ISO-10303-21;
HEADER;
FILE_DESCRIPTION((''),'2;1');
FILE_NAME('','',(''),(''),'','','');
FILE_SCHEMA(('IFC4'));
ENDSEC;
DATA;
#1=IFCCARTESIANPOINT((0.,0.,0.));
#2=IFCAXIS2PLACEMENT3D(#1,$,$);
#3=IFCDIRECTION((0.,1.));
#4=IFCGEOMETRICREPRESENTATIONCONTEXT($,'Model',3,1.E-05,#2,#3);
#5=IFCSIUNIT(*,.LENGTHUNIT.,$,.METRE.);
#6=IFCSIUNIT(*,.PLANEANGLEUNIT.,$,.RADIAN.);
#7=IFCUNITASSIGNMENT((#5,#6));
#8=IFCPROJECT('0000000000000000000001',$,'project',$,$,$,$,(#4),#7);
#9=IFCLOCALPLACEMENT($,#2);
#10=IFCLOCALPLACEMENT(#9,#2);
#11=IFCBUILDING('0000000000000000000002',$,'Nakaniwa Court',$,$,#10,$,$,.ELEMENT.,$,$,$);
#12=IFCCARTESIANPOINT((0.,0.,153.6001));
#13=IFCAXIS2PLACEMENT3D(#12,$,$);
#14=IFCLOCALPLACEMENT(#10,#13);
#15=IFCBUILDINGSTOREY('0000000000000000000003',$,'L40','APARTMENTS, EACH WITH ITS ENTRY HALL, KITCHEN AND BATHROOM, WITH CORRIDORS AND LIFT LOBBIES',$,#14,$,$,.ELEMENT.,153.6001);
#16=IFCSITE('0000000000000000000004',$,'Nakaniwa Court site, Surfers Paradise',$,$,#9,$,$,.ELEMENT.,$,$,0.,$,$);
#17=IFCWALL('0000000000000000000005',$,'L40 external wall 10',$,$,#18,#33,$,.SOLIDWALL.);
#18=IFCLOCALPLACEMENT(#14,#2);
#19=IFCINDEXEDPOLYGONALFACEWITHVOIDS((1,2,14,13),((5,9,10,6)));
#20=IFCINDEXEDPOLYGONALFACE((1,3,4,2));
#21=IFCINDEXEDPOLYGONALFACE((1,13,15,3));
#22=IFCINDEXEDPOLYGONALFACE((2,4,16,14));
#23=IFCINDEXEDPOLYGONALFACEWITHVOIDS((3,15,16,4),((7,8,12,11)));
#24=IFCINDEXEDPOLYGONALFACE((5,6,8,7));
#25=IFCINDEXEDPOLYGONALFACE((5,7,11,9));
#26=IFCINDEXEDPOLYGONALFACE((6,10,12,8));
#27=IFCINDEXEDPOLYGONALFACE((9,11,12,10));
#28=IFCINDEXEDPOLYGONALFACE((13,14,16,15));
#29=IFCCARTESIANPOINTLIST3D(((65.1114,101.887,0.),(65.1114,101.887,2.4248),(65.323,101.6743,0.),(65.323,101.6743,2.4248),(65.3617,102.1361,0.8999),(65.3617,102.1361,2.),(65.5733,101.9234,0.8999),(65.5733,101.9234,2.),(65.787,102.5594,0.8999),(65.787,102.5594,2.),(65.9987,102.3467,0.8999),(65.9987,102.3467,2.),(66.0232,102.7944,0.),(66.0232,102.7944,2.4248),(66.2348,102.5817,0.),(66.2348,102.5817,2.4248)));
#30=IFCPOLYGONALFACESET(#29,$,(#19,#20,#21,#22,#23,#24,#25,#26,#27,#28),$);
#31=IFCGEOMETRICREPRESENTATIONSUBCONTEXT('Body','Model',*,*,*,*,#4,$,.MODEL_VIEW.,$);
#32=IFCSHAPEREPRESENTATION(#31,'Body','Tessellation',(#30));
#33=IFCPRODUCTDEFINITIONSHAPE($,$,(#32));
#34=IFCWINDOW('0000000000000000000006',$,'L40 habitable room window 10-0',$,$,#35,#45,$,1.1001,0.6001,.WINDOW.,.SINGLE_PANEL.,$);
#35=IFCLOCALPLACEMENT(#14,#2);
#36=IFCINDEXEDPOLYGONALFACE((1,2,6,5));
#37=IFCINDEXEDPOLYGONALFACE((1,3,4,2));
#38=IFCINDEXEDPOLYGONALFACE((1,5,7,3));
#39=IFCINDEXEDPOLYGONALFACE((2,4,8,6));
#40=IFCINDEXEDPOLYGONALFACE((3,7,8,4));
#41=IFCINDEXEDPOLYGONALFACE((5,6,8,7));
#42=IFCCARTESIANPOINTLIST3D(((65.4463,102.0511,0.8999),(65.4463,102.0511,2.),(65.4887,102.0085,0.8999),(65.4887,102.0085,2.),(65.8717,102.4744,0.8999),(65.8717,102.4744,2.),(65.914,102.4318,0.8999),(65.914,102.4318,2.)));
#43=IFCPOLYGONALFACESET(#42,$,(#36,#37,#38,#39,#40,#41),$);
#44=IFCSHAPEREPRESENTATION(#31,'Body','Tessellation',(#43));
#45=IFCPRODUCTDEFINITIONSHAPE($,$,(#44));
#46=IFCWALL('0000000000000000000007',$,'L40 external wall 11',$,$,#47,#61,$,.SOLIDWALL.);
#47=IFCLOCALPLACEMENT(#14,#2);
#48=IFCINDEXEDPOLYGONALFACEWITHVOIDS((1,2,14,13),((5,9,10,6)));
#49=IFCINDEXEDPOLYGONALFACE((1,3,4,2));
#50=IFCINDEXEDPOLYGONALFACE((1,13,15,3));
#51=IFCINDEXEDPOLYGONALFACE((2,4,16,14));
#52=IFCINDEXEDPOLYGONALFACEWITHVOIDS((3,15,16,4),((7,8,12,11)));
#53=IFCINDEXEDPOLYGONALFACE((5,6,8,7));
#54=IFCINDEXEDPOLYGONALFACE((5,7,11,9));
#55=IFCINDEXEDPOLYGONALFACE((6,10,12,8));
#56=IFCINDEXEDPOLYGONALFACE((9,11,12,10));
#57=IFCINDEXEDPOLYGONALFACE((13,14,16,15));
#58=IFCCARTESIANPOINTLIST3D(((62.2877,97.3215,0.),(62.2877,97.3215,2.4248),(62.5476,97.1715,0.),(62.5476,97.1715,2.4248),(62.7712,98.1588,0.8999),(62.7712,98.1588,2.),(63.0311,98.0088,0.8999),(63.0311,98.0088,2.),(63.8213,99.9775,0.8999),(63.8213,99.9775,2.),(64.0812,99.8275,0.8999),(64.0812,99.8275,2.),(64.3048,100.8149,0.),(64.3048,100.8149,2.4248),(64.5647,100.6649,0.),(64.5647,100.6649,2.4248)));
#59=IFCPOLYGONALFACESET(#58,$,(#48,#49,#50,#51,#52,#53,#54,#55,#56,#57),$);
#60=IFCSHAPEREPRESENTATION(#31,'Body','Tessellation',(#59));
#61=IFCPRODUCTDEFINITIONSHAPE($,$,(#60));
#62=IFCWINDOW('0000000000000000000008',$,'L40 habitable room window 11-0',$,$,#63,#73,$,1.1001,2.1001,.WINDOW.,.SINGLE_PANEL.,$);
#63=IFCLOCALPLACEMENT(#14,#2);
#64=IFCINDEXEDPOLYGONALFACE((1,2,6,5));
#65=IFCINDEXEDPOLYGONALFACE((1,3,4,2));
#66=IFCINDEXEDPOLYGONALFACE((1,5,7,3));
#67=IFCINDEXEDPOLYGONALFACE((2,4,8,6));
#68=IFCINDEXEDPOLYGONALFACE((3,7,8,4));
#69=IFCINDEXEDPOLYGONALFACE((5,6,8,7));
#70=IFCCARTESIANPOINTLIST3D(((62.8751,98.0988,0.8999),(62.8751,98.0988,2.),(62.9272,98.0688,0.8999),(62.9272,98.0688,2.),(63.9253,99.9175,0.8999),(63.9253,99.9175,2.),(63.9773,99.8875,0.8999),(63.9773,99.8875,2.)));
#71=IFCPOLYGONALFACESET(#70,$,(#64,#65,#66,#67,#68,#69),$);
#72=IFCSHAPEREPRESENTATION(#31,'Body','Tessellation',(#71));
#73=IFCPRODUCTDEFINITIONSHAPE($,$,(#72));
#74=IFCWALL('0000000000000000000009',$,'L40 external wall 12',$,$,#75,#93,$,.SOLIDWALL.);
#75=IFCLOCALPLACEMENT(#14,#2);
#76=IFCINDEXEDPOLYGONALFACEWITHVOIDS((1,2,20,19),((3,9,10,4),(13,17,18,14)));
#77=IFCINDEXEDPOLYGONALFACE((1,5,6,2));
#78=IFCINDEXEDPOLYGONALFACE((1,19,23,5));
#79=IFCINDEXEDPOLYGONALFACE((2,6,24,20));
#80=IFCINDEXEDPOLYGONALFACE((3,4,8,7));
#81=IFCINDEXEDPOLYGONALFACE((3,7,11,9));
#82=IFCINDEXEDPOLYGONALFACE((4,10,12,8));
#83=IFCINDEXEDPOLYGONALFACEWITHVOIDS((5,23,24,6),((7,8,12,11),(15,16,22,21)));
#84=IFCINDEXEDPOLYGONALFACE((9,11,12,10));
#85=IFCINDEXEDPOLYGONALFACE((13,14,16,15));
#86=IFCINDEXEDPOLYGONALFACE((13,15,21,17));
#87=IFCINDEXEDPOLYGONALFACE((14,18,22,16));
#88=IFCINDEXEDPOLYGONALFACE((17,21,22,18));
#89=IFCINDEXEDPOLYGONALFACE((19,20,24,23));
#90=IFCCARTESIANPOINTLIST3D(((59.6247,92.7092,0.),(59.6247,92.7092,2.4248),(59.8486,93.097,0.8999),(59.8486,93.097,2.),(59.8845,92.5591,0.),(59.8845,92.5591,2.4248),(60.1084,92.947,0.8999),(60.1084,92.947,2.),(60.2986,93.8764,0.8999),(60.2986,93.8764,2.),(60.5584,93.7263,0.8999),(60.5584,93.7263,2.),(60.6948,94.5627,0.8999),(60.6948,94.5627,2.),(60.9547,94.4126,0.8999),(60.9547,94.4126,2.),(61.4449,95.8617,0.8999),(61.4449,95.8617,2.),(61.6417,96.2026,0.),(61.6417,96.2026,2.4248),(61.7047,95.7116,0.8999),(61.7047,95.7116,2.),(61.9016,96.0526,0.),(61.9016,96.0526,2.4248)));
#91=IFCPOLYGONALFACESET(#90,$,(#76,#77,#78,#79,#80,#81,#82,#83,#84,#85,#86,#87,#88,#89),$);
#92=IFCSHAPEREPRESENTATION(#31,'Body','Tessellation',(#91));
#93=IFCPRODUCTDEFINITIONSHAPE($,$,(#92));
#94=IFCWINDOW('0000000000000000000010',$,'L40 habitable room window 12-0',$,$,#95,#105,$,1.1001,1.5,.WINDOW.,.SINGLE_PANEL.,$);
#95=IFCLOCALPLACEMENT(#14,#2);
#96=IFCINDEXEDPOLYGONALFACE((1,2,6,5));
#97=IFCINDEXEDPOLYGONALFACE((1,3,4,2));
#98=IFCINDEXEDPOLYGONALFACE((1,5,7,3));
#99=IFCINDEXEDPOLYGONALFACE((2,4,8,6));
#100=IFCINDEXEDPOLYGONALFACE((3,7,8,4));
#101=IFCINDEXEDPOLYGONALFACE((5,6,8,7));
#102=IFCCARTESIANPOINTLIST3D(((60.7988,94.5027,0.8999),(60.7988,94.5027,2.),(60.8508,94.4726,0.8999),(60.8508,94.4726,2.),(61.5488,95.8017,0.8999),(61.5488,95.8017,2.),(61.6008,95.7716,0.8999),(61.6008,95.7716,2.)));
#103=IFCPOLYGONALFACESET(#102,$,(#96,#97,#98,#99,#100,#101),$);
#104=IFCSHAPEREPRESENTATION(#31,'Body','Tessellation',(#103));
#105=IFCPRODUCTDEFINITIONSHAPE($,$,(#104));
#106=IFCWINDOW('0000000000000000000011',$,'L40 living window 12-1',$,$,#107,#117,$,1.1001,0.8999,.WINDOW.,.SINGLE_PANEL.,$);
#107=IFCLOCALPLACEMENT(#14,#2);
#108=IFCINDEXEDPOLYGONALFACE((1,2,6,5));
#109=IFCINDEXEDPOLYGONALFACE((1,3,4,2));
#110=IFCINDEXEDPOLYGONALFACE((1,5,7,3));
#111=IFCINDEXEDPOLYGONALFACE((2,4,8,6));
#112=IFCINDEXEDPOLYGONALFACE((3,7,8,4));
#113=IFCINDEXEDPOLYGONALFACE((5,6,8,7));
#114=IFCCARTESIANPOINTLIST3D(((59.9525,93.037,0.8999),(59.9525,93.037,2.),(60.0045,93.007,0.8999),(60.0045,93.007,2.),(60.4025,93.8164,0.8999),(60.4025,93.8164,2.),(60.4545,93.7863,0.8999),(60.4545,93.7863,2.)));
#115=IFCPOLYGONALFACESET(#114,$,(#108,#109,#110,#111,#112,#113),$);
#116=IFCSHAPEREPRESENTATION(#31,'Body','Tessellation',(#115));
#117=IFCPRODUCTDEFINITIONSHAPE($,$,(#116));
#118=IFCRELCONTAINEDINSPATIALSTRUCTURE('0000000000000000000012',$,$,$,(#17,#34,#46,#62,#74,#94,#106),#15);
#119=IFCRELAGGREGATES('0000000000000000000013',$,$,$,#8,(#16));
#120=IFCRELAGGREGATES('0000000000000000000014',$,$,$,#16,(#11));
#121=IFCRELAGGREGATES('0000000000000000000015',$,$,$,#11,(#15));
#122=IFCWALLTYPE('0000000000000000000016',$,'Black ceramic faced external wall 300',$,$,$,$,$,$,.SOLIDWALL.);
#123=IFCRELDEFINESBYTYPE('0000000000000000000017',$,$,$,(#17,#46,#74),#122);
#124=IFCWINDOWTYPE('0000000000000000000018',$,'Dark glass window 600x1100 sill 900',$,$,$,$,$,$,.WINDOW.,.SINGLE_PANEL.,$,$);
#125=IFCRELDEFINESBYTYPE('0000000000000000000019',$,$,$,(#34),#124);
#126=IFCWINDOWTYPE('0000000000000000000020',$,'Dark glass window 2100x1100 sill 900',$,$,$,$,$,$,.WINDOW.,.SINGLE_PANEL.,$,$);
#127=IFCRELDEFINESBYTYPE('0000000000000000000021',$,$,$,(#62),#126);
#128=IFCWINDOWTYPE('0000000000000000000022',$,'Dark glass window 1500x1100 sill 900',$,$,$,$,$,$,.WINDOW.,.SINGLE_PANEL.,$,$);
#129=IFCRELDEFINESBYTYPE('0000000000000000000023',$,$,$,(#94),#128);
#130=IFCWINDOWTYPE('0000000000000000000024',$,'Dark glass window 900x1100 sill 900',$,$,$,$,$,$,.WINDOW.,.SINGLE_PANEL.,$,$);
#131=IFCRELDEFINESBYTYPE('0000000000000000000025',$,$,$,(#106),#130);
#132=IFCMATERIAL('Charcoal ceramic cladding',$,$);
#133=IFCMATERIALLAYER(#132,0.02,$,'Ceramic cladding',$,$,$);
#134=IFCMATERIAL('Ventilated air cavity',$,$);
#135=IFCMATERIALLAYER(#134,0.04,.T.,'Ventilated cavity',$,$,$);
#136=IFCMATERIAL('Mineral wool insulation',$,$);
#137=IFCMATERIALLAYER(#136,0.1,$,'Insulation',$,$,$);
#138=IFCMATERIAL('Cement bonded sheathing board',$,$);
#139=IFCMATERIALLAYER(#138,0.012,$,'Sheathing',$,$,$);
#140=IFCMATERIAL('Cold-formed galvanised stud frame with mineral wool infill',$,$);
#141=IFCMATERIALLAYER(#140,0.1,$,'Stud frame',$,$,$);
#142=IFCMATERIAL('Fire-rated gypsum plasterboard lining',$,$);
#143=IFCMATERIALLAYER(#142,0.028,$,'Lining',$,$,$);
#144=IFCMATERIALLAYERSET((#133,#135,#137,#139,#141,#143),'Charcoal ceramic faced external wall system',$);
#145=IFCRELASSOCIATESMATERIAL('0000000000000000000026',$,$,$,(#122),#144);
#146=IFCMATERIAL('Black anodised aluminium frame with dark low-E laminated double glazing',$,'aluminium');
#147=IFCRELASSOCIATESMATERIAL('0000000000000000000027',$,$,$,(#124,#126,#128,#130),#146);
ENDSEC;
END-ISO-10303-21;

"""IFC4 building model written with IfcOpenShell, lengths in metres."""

from ifc_helpers import new_model, si_unit, direction, frame, frame_2d, origin, place, context, subcontext, project, spatial, rectangle, extrude, material, layer, layer_set, type_object, element, fill, save


model = new_model("IFC4")

# Units and contexts
model_context = context("Model", 3, precision=1e-05, world=origin(), true_north=direction((0.0, 1.0)))
body_context = subcontext(model_context, "Body", "Model", "MODEL_VIEW")
ifc_project = project(units=[si_unit("LENGTHUNIT", "METRE"), si_unit("PLANEANGLEUNIT", "RADIAN")], contexts=[model_context])

# Site, building, storey
site_placement = place(None, origin())
site = spatial("IfcSite", under=ifc_project, at=site_placement, Name="Nakaniwa Court site, Surfers Paradise", CompositionType="ELEMENT", RefElevation=0.0)
building_placement = place(site_placement, origin())
building = spatial("IfcBuilding", under=site, at=building_placement, Name="Nakaniwa Court", CompositionType="ELEMENT")
storey_placement = place(building_placement, frame((0.0, 0.0, 153.6001)))
storey = spatial("IfcBuildingStorey", under=building, at=storey_placement, Name="L40", Description="APARTMENTS, EACH WITH ITS ENTRY HALL, KITCHEN AND BATHROOM, WITH CORRIDORS AND LIFT LOBBIES", CompositionType="ELEMENT", Elevation=153.6001)

# Walls, openings, windows
ifc_material_1 = material(Name="Charcoal ceramic cladding")
ifc_layer_1 = layer(ifc_material_1, 0.02, Name="Ceramic cladding")
ifc_material_2 = material(Name="Ventilated air cavity")
ifc_layer_2 = layer(ifc_material_2, 0.04, ventilated=True, Name="Ventilated cavity")
ifc_material_3 = material(Name="Mineral wool insulation")
ifc_layer_3 = layer(ifc_material_3, 0.1, Name="Insulation")
ifc_material_4 = material(Name="Cement bonded sheathing board")
ifc_layer_4 = layer(ifc_material_4, 0.012, Name="Sheathing")
ifc_material_5 = material(Name="Cold-formed galvanised stud frame with mineral wool infill")
ifc_layer_5 = layer(ifc_material_5, 0.1, Name="Stud frame")
ifc_material_6 = material(Name="Fire-rated gypsum plasterboard lining")
ifc_layer_6 = layer(ifc_material_6, 0.028, Name="Lining")
ifc_layer_set_1 = layer_set([ifc_layer_1, ifc_layer_2, ifc_layer_3, ifc_layer_4, ifc_layer_5, ifc_layer_6], Name="Charcoal ceramic faced external wall system")
wall_type_1 = type_object("IfcWallType", Name="Black ceramic faced external wall 300", PredefinedType="SOLIDWALL", material=ifc_layer_set_1)
wall_1_placement = place(storey_placement, frame((66.1289, 102.688, 0.0), z_axis=(0.0, 0.0, 1.0), x_axis=(-0.708813, -0.705397, 0.0)))
wall_1 = element("IfcWall", 1, at=wall_1_placement, inside=storey, type_object=wall_type_1, Name="L40 external wall 10", PredefinedType="SOLIDWALL", context=body_context, shape_type="SweptSolid", body=[
    extrude(rectangle(XDim=1.2864, YDim=0.3, at=frame_2d((0.6431, 0.0))), origin(), (0.0, 0.0, 1.0), 2.4248),
])
opening_1_placement = place(wall_1_placement, frame((0.333, 0.0, 0.8999)))
opening_1 = element("IfcOpeningElement", 2, at=opening_1_placement, cuts=wall_1, PredefinedType="OPENING", context=body_context, shape_type="SweptSolid", body=[
    extrude(rectangle(XDim=0.6001, YDim=1.1001, at=frame_2d((0.3, 0.55))), frame((0.0, 0.1599, 0.0), z_axis=(0.0, -1.0, 0.0), x_axis=(1.0, 0.0, 0.0)), (0.0, 0.0, 1.0), 0.3201),
])
ifc_material_7 = material(Name="Black anodised aluminium frame with dark low-E laminated double glazing", Category="aluminium")
window_type_1 = type_object("IfcWindowType", Name="Dark glass window 600x1100 sill 900", PartitioningType="SINGLE_PANEL", PredefinedType="WINDOW", material=ifc_material_7)
window_1_placement = place(opening_1_placement, origin())
window_1 = element("IfcWindow", 3, at=window_1_placement, inside=storey, type_object=window_type_1, Name="L40 habitable room window 10-0", OverallHeight=1.1001, OverallWidth=0.6001, PartitioningType="SINGLE_PANEL", PredefinedType="WINDOW", context=body_context, shape_type="SweptSolid", body=[
    extrude(rectangle(XDim=0.6001, YDim=1.1001, at=frame_2d((0.3, 0.55))), frame((0.0, 0.03, 0.0), z_axis=(0.0, -1.0, 0.0), x_axis=(1.0, 0.0, 0.0)), (0.0, 0.0, 1.0), 0.0601),
])
fill(opening_1, window_1)
wall_2_placement = place(storey_placement, frame((64.4348, 100.74, 0.0), z_axis=(0.0, 0.0, 1.0), x_axis=(-0.500032, -0.866007, 0.0)))
wall_2 = element("IfcWall", 4, at=wall_2_placement, inside=storey, type_object=wall_type_1, Name="L40 external wall 11", PredefinedType="SOLIDWALL", context=body_context, shape_type="SweptSolid", body=[
    extrude(rectangle(XDim=4.0339, YDim=0.3, at=frame_2d((2.0171, 0.0))), origin(), (0.0, 0.0, 1.0), 2.4248),
])
opening_2_placement = place(wall_2_placement, frame((0.967, 0.0, 0.8999)))
opening_2 = element("IfcOpeningElement", 5, at=opening_2_placement, cuts=wall_2, PredefinedType="OPENING", context=body_context, shape_type="SweptSolid", body=[
    extrude(rectangle(XDim=2.1001, YDim=1.1001, at=frame_2d((1.05, 0.55))), frame((0.0, 0.1599, 0.0), z_axis=(0.0, -1.0, 0.0), x_axis=(1.0, 0.0, 0.0)), (0.0, 0.0, 1.0), 0.3201),
])
window_type_2 = type_object("IfcWindowType", Name="Dark glass window 2100x1100 sill 900", PartitioningType="SINGLE_PANEL", PredefinedType="WINDOW", material=ifc_material_7)
window_2_placement = place(opening_2_placement, origin())
window_2 = element("IfcWindow", 6, at=window_2_placement, inside=storey, type_object=window_type_2, Name="L40 habitable room window 11-0", OverallHeight=1.1001, OverallWidth=2.1001, PartitioningType="SINGLE_PANEL", PredefinedType="WINDOW", context=body_context, shape_type="SweptSolid", body=[
    extrude(rectangle(XDim=2.1001, YDim=1.1001, at=frame_2d((1.05, 0.55))), frame((0.0, 0.03, 0.0), z_axis=(0.0, -1.0, 0.0), x_axis=(1.0, 0.0, 0.0)), (0.0, 0.0, 1.0), 0.0601),
])
fill(opening_2, window_2)

# Wall, openings, windows
wall_3_placement = place(storey_placement, frame((61.7717, 96.1277, 0.0), z_axis=(0.0, 0.0, 1.0), x_axis=(-0.500032, -0.866007, 0.0)))
wall_3 = element("IfcWall", 7, at=wall_3_placement, inside=storey, type_object=wall_type_1, Name="L40 external wall 12", PredefinedType="SOLIDWALL", context=body_context, shape_type="SweptSolid", body=[
    extrude(rectangle(XDim=4.0339, YDim=0.3, at=frame_2d((2.0171, 0.0))), origin(), (0.0, 0.0, 1.0), 2.4248),
])
opening_3_placement = place(wall_3_placement, frame((0.3938, 0.0, 0.8999)))
opening_3 = element("IfcOpeningElement", 8, at=opening_3_placement, cuts=wall_3, PredefinedType="OPENING", context=body_context, shape_type="SweptSolid", body=[
    extrude(rectangle(XDim=1.5, YDim=1.1001, at=frame_2d((0.75, 0.55))), frame((0.0, 0.1599, 0.0), z_axis=(0.0, -1.0, 0.0), x_axis=(1.0, 0.0, 0.0)), (0.0, 0.0, 1.0), 0.3201),
])
opening_4_placement = place(wall_3_placement, frame((2.6863, 0.0, 0.8999)))
opening_4 = element("IfcOpeningElement", 9, at=opening_4_placement, cuts=wall_3, PredefinedType="OPENING", context=body_context, shape_type="SweptSolid", body=[
    extrude(rectangle(XDim=0.8999, YDim=1.1001, at=frame_2d((0.45, 0.55))), frame((0.0, 0.1599, 0.0), z_axis=(0.0, -1.0, 0.0), x_axis=(1.0, 0.0, 0.0)), (0.0, 0.0, 1.0), 0.3201),
])
window_type_3 = type_object("IfcWindowType", Name="Dark glass window 1500x1100 sill 900", PartitioningType="SINGLE_PANEL", PredefinedType="WINDOW", material=ifc_material_7)
window_3_placement = place(opening_3_placement, origin())
window_3 = element("IfcWindow", 10, at=window_3_placement, inside=storey, type_object=window_type_3, Name="L40 habitable room window 12-0", OverallHeight=1.1001, OverallWidth=1.5, PartitioningType="SINGLE_PANEL", PredefinedType="WINDOW", context=body_context, shape_type="SweptSolid", body=[
    extrude(rectangle(XDim=1.5, YDim=1.1001, at=frame_2d((0.75, 0.55))), frame((0.0, 0.03, 0.0), z_axis=(0.0, -1.0, 0.0), x_axis=(1.0, 0.0, 0.0)), (0.0, 0.0, 1.0), 0.0601),
])
fill(opening_3, window_3)
window_type_4 = type_object("IfcWindowType", Name="Dark glass window 900x1100 sill 900", PartitioningType="SINGLE_PANEL", PredefinedType="WINDOW", material=ifc_material_7)
window_4_placement = place(opening_4_placement, origin())
window_4 = element("IfcWindow", 11, at=window_4_placement, inside=storey, type_object=window_type_4, Name="L40 living window 12-1", OverallHeight=1.1001, OverallWidth=0.8999, PartitioningType="SINGLE_PANEL", PredefinedType="WINDOW", context=body_context, shape_type="SweptSolid", body=[
    extrude(rectangle(XDim=0.8999, YDim=1.1001, at=frame_2d((0.45, 0.55))), frame((0.0, 0.03, 0.0), z_axis=(0.0, -1.0, 0.0), x_axis=(1.0, 0.0, 0.0)), (0.0, 0.0, 1.0), 0.0601),
])
fill(opening_4, window_4)

save(model, "model.ifc")
